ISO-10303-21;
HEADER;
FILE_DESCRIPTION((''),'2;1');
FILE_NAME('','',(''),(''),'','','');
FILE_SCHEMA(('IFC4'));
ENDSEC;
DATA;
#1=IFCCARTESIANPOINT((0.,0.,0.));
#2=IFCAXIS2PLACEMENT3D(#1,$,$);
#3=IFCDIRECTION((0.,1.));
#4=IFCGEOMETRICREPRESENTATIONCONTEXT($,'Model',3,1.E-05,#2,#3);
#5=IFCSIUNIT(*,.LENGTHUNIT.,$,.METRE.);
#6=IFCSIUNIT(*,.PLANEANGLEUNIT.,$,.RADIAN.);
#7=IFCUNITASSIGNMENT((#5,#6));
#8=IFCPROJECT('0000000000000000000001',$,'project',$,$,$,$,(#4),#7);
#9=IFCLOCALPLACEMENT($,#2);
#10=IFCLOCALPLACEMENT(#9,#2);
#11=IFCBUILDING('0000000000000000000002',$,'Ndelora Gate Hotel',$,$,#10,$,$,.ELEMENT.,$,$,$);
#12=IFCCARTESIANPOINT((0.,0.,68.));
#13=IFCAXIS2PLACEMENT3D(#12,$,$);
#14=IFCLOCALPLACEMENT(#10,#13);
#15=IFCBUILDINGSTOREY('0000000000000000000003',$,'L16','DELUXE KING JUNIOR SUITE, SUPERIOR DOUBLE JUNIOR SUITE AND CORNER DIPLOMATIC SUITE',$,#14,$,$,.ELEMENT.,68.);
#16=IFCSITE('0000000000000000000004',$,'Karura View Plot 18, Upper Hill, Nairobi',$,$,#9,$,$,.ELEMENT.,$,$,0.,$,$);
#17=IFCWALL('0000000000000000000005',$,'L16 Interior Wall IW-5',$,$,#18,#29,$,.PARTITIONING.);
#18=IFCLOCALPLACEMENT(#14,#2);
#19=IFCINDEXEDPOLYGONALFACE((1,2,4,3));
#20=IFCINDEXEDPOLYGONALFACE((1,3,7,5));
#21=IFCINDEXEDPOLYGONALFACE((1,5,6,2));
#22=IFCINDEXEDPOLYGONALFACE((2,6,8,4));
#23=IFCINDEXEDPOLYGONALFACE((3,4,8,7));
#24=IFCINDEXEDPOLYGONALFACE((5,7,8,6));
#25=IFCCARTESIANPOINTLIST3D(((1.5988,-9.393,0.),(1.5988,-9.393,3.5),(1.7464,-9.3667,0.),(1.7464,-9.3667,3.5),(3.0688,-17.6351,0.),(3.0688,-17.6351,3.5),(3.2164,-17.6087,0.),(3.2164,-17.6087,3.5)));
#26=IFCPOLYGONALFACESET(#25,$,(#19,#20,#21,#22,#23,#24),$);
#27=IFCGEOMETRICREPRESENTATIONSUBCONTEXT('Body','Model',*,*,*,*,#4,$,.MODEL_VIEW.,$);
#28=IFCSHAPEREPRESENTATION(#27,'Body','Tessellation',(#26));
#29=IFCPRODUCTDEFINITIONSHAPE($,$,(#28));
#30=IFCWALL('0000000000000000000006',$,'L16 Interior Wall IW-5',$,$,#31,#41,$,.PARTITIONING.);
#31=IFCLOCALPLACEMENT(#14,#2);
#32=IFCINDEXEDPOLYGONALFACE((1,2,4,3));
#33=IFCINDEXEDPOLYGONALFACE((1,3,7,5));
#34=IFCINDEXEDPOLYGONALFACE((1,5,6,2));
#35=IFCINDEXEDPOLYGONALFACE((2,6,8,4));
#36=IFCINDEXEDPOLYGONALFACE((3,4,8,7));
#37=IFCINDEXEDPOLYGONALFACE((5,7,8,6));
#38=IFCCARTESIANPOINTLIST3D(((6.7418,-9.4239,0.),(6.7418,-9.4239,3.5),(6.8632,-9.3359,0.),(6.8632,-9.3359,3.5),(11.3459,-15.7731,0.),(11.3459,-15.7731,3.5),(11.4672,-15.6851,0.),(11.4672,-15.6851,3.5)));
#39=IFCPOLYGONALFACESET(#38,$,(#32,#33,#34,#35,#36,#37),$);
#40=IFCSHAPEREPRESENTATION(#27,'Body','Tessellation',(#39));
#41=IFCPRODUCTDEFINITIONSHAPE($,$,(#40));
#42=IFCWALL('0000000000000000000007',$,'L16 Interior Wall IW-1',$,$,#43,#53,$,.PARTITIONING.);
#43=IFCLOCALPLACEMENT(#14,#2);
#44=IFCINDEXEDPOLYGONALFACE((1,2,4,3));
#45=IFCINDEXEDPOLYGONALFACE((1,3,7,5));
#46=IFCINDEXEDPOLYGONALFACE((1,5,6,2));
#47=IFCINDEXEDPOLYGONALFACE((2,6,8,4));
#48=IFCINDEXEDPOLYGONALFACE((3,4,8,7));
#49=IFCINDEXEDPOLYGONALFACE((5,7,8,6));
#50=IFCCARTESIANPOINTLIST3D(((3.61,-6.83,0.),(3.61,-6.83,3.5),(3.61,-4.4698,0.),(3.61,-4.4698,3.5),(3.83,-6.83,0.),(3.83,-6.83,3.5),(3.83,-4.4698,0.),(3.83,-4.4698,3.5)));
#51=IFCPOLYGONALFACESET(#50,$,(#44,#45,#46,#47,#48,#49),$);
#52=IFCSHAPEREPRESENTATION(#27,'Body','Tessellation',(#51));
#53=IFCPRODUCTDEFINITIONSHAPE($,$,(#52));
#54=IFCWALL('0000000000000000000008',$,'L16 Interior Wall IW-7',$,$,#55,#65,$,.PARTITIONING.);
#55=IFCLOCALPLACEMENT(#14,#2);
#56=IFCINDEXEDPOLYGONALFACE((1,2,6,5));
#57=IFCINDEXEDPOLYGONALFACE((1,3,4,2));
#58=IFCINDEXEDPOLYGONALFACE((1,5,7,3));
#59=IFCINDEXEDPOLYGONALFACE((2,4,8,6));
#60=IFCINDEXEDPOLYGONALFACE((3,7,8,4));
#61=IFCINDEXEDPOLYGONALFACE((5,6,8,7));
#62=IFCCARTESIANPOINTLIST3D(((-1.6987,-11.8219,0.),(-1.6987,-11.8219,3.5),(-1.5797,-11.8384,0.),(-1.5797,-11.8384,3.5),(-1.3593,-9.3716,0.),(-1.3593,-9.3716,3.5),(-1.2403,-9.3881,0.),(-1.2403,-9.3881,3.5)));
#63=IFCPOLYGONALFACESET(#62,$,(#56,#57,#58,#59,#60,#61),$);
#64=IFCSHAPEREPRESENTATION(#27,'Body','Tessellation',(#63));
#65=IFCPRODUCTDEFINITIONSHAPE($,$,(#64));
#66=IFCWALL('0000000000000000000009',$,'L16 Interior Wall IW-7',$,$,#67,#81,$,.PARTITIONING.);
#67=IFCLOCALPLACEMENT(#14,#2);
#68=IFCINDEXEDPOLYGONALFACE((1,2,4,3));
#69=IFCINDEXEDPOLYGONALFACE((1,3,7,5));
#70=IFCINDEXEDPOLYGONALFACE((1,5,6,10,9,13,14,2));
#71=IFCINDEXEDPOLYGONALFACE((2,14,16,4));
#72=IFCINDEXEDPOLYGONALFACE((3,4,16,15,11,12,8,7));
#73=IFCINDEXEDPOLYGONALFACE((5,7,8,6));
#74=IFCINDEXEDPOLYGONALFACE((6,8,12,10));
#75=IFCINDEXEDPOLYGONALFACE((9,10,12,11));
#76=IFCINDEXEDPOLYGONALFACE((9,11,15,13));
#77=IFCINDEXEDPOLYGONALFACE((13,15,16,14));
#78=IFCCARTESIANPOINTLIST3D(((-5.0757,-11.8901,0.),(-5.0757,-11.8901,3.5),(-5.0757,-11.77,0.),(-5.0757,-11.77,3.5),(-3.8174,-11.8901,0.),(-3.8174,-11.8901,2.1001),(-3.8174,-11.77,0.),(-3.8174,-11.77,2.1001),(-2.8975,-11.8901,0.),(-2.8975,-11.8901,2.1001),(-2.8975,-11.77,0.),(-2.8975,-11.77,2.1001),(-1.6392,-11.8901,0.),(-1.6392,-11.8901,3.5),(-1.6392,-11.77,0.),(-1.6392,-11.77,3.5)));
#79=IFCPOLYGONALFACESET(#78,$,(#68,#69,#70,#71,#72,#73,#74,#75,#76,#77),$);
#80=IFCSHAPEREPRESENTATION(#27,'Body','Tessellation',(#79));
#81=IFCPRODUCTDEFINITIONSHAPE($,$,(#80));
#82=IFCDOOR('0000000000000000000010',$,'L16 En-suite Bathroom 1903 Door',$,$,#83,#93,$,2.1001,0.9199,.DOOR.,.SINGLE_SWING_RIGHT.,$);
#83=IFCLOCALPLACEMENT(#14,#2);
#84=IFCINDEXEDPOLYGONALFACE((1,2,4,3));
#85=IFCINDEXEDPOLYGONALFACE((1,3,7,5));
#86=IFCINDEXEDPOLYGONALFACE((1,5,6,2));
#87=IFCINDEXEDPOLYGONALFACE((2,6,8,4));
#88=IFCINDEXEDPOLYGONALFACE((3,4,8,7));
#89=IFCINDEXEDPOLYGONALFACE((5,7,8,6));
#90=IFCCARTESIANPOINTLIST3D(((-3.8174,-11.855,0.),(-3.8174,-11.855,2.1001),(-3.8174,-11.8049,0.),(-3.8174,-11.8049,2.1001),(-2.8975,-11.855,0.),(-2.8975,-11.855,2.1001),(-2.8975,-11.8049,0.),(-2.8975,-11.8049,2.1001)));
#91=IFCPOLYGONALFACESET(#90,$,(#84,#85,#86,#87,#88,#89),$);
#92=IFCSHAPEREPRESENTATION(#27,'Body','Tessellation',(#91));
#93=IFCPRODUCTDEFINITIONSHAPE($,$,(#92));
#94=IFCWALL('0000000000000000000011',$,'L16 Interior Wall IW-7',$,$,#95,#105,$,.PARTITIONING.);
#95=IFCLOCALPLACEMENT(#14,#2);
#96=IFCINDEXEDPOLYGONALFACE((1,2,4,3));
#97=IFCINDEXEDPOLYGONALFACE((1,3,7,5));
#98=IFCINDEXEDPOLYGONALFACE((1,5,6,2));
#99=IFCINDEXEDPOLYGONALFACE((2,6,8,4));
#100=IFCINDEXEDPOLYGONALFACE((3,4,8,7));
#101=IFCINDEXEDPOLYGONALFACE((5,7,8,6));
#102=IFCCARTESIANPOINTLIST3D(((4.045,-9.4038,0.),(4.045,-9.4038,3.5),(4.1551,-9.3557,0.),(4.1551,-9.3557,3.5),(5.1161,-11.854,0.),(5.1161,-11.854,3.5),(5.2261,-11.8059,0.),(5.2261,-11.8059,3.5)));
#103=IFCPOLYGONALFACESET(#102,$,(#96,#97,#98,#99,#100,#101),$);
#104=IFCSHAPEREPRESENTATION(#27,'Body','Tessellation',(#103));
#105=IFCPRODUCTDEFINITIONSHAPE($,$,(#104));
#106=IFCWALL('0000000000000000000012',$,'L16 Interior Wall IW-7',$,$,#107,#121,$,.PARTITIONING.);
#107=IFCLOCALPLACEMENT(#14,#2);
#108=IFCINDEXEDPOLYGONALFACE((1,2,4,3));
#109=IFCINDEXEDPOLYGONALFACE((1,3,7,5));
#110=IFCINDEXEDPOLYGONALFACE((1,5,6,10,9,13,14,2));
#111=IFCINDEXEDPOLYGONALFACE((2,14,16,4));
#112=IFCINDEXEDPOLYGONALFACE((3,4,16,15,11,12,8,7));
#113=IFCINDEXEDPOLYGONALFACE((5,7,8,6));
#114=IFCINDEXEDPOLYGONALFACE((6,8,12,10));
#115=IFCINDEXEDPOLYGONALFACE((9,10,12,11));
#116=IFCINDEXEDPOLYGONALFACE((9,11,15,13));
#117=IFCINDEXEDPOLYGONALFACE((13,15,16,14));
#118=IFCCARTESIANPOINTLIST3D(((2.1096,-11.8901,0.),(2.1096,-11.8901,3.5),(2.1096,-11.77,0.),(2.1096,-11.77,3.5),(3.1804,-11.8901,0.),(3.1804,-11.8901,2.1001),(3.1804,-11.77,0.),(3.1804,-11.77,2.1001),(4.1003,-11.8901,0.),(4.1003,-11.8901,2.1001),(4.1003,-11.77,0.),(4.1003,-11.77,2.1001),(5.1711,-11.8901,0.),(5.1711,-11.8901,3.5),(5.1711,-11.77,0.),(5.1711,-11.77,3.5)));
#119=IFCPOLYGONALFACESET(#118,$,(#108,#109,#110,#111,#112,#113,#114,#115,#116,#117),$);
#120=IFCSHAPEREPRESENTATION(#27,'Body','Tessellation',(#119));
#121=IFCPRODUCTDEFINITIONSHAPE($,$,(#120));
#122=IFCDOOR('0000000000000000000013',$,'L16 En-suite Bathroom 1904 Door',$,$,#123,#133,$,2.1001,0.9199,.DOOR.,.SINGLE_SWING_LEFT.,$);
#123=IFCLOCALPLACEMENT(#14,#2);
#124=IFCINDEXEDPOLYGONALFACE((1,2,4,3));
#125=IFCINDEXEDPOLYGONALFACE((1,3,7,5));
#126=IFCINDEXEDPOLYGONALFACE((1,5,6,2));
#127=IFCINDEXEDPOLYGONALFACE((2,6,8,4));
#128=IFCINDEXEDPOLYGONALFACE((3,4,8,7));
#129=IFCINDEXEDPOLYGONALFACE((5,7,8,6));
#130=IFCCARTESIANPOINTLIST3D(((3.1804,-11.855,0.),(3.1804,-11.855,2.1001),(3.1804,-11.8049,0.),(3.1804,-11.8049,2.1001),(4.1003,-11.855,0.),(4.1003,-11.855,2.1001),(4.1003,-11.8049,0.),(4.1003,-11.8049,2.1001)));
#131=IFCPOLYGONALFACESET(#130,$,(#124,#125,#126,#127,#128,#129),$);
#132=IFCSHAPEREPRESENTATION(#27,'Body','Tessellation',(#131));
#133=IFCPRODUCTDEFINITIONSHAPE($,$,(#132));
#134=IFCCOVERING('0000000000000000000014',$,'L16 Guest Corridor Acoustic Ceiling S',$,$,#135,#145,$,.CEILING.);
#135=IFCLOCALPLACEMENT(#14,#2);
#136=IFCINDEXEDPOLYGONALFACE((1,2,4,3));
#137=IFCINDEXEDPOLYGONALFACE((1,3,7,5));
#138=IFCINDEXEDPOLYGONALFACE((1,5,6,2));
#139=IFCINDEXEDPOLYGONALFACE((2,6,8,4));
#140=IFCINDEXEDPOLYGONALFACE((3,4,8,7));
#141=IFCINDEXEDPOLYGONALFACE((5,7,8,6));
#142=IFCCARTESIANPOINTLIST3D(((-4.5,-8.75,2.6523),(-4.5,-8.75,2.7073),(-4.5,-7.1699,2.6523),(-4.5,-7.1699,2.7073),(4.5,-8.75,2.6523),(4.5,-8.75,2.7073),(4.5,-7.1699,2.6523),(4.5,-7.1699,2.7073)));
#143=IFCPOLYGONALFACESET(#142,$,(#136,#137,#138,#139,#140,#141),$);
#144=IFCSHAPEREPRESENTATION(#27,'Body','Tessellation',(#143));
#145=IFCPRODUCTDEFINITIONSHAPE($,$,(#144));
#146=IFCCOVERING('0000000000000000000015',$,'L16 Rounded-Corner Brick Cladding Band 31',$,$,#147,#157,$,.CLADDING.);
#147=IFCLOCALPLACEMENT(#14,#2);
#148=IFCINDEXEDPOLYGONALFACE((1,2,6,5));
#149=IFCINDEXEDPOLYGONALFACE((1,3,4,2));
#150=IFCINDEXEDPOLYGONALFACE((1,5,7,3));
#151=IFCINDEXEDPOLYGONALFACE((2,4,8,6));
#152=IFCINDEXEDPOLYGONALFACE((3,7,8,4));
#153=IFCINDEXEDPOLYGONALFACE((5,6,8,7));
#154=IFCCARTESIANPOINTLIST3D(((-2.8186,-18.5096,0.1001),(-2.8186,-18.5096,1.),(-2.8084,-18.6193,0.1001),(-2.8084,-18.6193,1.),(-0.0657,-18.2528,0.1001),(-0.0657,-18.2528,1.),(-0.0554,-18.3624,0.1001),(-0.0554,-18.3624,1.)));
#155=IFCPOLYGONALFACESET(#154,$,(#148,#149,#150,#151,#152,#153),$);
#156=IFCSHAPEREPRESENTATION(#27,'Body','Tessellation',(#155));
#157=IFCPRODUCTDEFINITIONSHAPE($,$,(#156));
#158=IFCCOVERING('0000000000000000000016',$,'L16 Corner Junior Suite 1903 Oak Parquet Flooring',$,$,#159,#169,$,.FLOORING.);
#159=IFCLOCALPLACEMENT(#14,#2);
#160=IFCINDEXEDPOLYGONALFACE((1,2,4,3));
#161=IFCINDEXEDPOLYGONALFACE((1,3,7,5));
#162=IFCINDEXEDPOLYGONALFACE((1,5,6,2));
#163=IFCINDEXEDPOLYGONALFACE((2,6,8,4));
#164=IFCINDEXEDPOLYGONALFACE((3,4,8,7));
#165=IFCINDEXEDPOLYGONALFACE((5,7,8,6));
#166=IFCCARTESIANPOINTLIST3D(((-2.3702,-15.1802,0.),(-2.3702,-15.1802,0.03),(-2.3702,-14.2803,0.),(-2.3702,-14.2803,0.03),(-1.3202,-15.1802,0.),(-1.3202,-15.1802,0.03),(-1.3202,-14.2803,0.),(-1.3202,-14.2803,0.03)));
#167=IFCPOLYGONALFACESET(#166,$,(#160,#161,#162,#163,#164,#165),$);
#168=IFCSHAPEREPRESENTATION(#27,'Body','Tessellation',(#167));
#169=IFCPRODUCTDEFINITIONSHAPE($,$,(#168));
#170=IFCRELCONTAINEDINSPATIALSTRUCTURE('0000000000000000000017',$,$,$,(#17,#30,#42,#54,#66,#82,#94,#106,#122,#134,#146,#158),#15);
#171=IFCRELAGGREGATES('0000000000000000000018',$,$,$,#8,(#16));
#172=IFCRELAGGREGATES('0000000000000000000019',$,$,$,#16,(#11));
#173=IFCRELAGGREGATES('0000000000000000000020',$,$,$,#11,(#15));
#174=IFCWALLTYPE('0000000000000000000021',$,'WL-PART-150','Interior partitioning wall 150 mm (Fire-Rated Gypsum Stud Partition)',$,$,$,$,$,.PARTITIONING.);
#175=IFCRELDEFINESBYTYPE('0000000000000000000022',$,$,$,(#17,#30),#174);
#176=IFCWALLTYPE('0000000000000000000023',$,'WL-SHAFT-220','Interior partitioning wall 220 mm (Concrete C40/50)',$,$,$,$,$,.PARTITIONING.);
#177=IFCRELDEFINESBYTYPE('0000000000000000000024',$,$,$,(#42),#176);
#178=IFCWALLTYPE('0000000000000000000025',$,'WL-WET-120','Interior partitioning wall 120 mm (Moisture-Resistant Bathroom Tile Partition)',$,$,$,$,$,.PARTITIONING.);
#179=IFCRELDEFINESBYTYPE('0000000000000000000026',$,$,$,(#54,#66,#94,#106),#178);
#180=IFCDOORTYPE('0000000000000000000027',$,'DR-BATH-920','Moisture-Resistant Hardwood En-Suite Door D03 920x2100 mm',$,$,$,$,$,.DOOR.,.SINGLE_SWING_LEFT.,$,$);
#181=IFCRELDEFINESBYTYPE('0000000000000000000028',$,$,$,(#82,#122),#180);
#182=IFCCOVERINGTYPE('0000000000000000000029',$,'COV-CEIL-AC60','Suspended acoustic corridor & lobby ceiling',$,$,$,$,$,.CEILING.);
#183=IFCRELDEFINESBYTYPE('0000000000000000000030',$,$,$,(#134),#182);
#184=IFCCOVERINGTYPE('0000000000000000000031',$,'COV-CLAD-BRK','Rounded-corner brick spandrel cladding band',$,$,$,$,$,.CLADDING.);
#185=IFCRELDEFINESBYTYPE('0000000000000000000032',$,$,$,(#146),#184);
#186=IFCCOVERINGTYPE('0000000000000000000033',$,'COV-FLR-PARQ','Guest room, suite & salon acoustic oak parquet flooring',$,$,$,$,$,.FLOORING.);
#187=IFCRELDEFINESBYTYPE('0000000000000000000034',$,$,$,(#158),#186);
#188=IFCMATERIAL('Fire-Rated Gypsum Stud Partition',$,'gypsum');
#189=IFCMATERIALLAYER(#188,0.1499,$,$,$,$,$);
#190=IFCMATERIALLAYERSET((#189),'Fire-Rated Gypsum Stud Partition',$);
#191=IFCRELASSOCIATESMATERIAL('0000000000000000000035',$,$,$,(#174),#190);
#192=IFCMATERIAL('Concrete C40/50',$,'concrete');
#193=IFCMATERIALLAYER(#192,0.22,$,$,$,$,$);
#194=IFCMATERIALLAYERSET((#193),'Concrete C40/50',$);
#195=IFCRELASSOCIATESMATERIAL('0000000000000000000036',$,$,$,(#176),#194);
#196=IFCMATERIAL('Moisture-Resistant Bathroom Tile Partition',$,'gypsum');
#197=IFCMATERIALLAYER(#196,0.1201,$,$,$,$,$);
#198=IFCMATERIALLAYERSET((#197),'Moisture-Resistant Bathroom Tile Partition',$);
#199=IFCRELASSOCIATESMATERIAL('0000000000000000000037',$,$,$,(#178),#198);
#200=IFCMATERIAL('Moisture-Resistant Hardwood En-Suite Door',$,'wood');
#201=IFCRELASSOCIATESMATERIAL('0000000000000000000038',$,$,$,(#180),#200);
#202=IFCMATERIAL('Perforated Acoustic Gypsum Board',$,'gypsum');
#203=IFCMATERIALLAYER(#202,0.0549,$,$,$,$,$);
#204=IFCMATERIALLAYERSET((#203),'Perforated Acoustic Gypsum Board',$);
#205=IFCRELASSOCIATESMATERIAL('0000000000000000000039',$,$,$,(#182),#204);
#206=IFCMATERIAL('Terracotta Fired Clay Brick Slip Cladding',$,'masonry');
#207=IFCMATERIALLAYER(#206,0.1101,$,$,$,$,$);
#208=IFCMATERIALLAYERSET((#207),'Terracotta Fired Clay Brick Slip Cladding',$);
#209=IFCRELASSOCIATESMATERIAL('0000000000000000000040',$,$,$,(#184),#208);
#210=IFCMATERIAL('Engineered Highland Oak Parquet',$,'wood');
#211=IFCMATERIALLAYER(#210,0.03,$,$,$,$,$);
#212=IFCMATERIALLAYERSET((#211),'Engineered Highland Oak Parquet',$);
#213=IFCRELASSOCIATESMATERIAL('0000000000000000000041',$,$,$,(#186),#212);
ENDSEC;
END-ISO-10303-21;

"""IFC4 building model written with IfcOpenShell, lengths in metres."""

from ifc_helpers import new_model, si_unit, direction, frame, frame_2d, origin, origin_2d, place, context, subcontext, project, spatial, rectangle, extrude, material, layer, layer_set, type_object, element, fill, save


model = new_model("IFC4")

# Units and contexts
model_context = context("Model", 3, precision=1e-05, world=origin(), true_north=direction((0.0, 1.0)))
body_context = subcontext(model_context, "Body", "Model", "MODEL_VIEW")
ifc_project = project(units=[si_unit("LENGTHUNIT", "METRE"), si_unit("PLANEANGLEUNIT", "RADIAN")], contexts=[model_context])

# Site, building, storey
site_placement = place(None, origin())
site = spatial("IfcSite", under=ifc_project, at=site_placement, Name="Karura View Plot 18, Upper Hill, Nairobi", CompositionType="ELEMENT", RefElevation=0.0)
building_placement = place(site_placement, origin())
building = spatial("IfcBuilding", under=site, at=building_placement, Name="Ndelora Gate Hotel", CompositionType="ELEMENT")
storey_placement = place(building_placement, frame((0.0, 0.0, 68.0)))
storey = spatial("IfcBuildingStorey", under=building, at=storey_placement, Name="L16", Description="DELUXE KING JUNIOR SUITE, SUPERIOR DOUBLE JUNIOR SUITE AND CORNER DIPLOMATIC SUITE", CompositionType="ELEMENT", Elevation=68.0)

# Walls
ifc_material_1 = material(Name="Concrete C40/50", Category="concrete")
ifc_material_2 = material(Name="Fire-Rated Gypsum Stud Partition", Category="gypsum")
ifc_layer_1 = layer(ifc_material_2, 0.1499)
ifc_layer_set_1 = layer_set([ifc_layer_1], Name="Fire-Rated Gypsum Stud Partition")
wall_type_1 = type_object("IfcWallType", Name="WL-PART-150", Description="Interior partitioning wall 150 mm (Fire-Rated Gypsum Stud Partition)", PredefinedType="PARTITIONING", material=ifc_layer_set_1)
wall_1_placement = place(storey_placement, frame((1.6726, -9.3799, 0.0), z_axis=(0.0, 0.0, 1.0), x_axis=(0.175582, -0.984465, 0.0)))
element("IfcWall", 1, at=wall_1_placement, inside=storey, type_object=wall_type_1, Name="L16 Interior Wall IW-5", PredefinedType="PARTITIONING", context=body_context, shape_type="SweptSolid", body=[
    extrude(rectangle(XDim=8.3721, YDim=0.1499, at=frame_2d((4.186, 0.0))), origin(), (0.0, 0.0, 1.0), 3.5),
])
wall_2_placement = place(storey_placement, frame((6.8025, -9.3799, 0.0), z_axis=(0.0, 0.0, 1.0), x_axis=(0.587042, -0.809556, 0.0)))
element("IfcWall", 2, at=wall_2_placement, inside=storey, type_object=wall_type_1, Name="L16 Interior Wall IW-5", PredefinedType="PARTITIONING", context=body_context, shape_type="SweptSolid", body=[
    extrude(rectangle(XDim=7.8428, YDim=0.1499, at=frame_2d((3.9214, 0.0))), origin(), (0.0, 0.0, 1.0), 3.5),
])
ifc_layer_2 = layer(ifc_material_1, 0.22)
ifc_layer_set_2 = layer_set([ifc_layer_2], Name="Concrete C40/50")
wall_type_2 = type_object("IfcWallType", Name="WL-SHAFT-220", Description="Interior partitioning wall 220 mm (Concrete C40/50)", PredefinedType="PARTITIONING", material=ifc_layer_set_2)
wall_3_placement = place(storey_placement, frame((3.72, -6.8301, 0.0), z_axis=(0.0, 0.0, 1.0), x_axis=(0.0, 1.0, 0.0)))
element("IfcWall", 3, at=wall_3_placement, inside=storey, type_object=wall_type_2, Name="L16 Interior Wall IW-1", PredefinedType="PARTITIONING", context=body_context, shape_type="SweptSolid", body=[
    extrude(rectangle(XDim=2.3601, YDim=0.22, at=frame_2d((1.1802, 0.0))), origin(), (0.0, 0.0, 1.0), 3.5),
])
ifc_material_3 = material(Name="Moisture-Resistant Bathroom Tile Partition", Category="gypsum")
ifc_layer_3 = layer(ifc_material_3, 0.1201)
ifc_layer_set_3 = layer_set([ifc_layer_3], Name="Moisture-Resistant Bathroom Tile Partition")
wall_type_3 = type_object("IfcWallType", Name="WL-WET-120", Description="Interior partitioning wall 120 mm (Moisture-Resistant Bathroom Tile Partition)", PredefinedType="PARTITIONING", material=ifc_layer_set_3)
wall_4_placement = place(storey_placement, frame((-1.2998, -9.3799, 0.0), z_axis=(0.0, 0.0, 1.0), x_axis=(-0.137192, -0.990545, 0.0)))
element("IfcWall", 4, at=wall_4_placement, inside=storey, type_object=wall_type_3, Name="L16 Interior Wall IW-7", PredefinedType="PARTITIONING", context=body_context, shape_type="SweptSolid", body=[
    extrude(rectangle(XDim=2.4736, YDim=0.1201, at=frame_2d((1.2368, 0.0))), origin(), (0.0, 0.0, 1.0), 3.5),
])

# Wall, opening, door
wall_5_placement = place(storey_placement, frame((-1.6392, -11.8301, 0.0), z_axis=(0.0, 0.0, 1.0), x_axis=(-1.0, 0.0, 0.0)))
wall_5 = element("IfcWall", 5, at=wall_5_placement, inside=storey, type_object=wall_type_3, Name="L16 Interior Wall IW-7", PredefinedType="PARTITIONING", context=body_context, shape_type="SweptSolid", body=[
    extrude(rectangle(XDim=3.4365, YDim=0.1201, at=frame_2d((1.7183, 0.0))), origin(), (0.0, 0.0, 1.0), 3.5),
])
opening_1_placement = place(wall_5_placement, frame((1.2583, 0.0, 0.0)))
opening_1 = element("IfcOpeningElement", 6, at=opening_1_placement, cuts=wall_5, PredefinedType="OPENING", context=body_context, shape_type="SweptSolid", body=[
    extrude(rectangle(XDim=0.9199, YDim=2.1001, at=frame_2d((0.46, 1.05))), frame((0.0, 0.0701, 0.0), z_axis=(0.0, -1.0, 0.0), x_axis=(1.0, 0.0, 0.0)), (0.0, 0.0, 1.0), 0.1401),
])
ifc_material_4 = material(Name="Moisture-Resistant Hardwood En-Suite Door", Category="wood")
door_type = type_object("IfcDoorType", Name="DR-BATH-920", Description="Moisture-Resistant Hardwood En-Suite Door D03 920x2100 mm", OperationType="SINGLE_SWING_LEFT", PredefinedType="DOOR", material=ifc_material_4)
door_1_placement = place(opening_1_placement, origin())
door_1 = element("IfcDoor", 7, at=door_1_placement, inside=storey, type_object=door_type, Name="L16 En-suite Bathroom 1903 Door", OperationType="SINGLE_SWING_RIGHT", OverallHeight=2.1001, OverallWidth=0.9199, PredefinedType="DOOR", context=body_context, shape_type="SweptSolid", body=[
    extrude(rectangle(XDim=0.9199, YDim=2.1001, at=frame_2d((0.46, 1.05))), frame((0.0, 0.0249, 0.0), z_axis=(0.0, -1.0, 0.0), x_axis=(1.0, 0.0, 0.0)), (0.0, 0.0, 1.0), 0.05),
])
fill(opening_1, door_1)

# Wall
wall_6_placement = place(storey_placement, frame((4.1001, -9.3799, 0.0), z_axis=(0.0, 0.0, 1.0), x_axis=(0.400531, -0.916283, 0.0)))
element("IfcWall", 8, at=wall_6_placement, inside=storey, type_object=wall_type_3, Name="L16 Interior Wall IW-7", PredefinedType="PARTITIONING", context=body_context, shape_type="SweptSolid", body=[
    extrude(rectangle(XDim=2.6741, YDim=0.1201, at=frame_2d((1.3369, 0.0))), origin(), (0.0, 0.0, 1.0), 3.5),
])

# Wall, opening, door
wall_7_placement = place(storey_placement, frame((5.1711, -11.8301, 0.0), z_axis=(0.0, 0.0, 1.0), x_axis=(-1.0, 0.0, 0.0)))
wall_7 = element("IfcWall", 9, at=wall_7_placement, inside=storey, type_object=wall_type_3, Name="L16 Interior Wall IW-7", PredefinedType="PARTITIONING", context=body_context, shape_type="SweptSolid", body=[
    extrude(rectangle(XDim=3.0615, YDim=0.1201, at=frame_2d((1.5308, 0.0))), origin(), (0.0, 0.0, 1.0), 3.5),
])
opening_2_placement = place(wall_7_placement, frame((1.0708, 0.0, 0.0)))
opening_2 = element("IfcOpeningElement", 10, at=opening_2_placement, cuts=wall_7, PredefinedType="OPENING", context=body_context, shape_type="SweptSolid", body=[
    extrude(rectangle(XDim=0.9199, YDim=2.1001, at=frame_2d((0.46, 1.05))), frame((0.0, 0.0701, 0.0), z_axis=(0.0, -1.0, 0.0), x_axis=(1.0, 0.0, 0.0)), (0.0, 0.0, 1.0), 0.1401),
])
door_2_placement = place(opening_2_placement, origin())
door_2 = element("IfcDoor", 11, at=door_2_placement, inside=storey, type_object=door_type, Name="L16 En-suite Bathroom 1904 Door", OperationType="SINGLE_SWING_LEFT", OverallHeight=2.1001, OverallWidth=0.9199, PredefinedType="DOOR", context=body_context, shape_type="SweptSolid", body=[
    extrude(rectangle(XDim=0.9199, YDim=2.1001, at=frame_2d((0.46, 1.05))), frame((0.0, 0.0249, 0.0), z_axis=(0.0, -1.0, 0.0), x_axis=(1.0, 0.0, 0.0)), (0.0, 0.0, 1.0), 0.05),
])
fill(opening_2, door_2)

# Coverings
ifc_material_5 = material(Name="Perforated Acoustic Gypsum Board", Category="gypsum")
ifc_layer_4 = layer(ifc_material_5, 0.0549)
ifc_layer_set_4 = layer_set([ifc_layer_4], Name="Perforated Acoustic Gypsum Board")
covering_type_1 = type_object("IfcCoveringType", Name="COV-CEIL-AC60", Description="Suspended acoustic corridor & lobby ceiling", PredefinedType="CEILING", material=ifc_layer_set_4)
covering_1_placement = place(storey_placement, frame((0.0, -7.96, 2.6523), z_axis=(0.0, 0.0, 1.0), x_axis=(1.0, 0.0, 0.0)))
element("IfcCovering", 12, at=covering_1_placement, inside=storey, type_object=covering_type_1, Name="L16 Guest Corridor Acoustic Ceiling S", PredefinedType="CEILING", context=body_context, shape_type="SweptSolid", body=[
    extrude(rectangle(XDim=9.0, YDim=1.5801, at=origin_2d()), origin(), (0.0, 0.0, 1.0), 0.0549),
])
ifc_material_6 = material(Name="Terracotta Fired Clay Brick Slip Cladding", Category="masonry")
ifc_layer_5 = layer(ifc_material_6, 0.1101)
ifc_layer_set_5 = layer_set([ifc_layer_5], Name="Terracotta Fired Clay Brick Slip Cladding")
covering_type_2 = type_object("IfcCoveringType", Name="COV-CLAD-BRK", Description="Rounded-corner brick spandrel cladding band", PredefinedType="CLADDING", material=ifc_layer_set_5)
covering_2_placement = place(storey_placement, frame((-1.437, -18.436, 0.1001), z_axis=(0.0, 0.0, 1.0), x_axis=(0.995676, 0.092892, 0.0)))
element("IfcCovering", 13, at=covering_2_placement, inside=storey, type_object=covering_type_2, Name="L16 Rounded-Corner Brick Cladding Band 31", PredefinedType="CLADDING", context=body_context, shape_type="SweptSolid", body=[
    extrude(rectangle(XDim=2.7649, YDim=0.1101, at=origin_2d()), origin(), (0.0, 0.0, 1.0), 0.8999),
])
ifc_material_7 = material(Name="Engineered Highland Oak Parquet", Category="wood")
ifc_layer_6 = layer(ifc_material_7, 0.03)
ifc_layer_set_6 = layer_set([ifc_layer_6], Name="Engineered Highland Oak Parquet")
covering_type_3 = type_object("IfcCoveringType", Name="COV-FLR-PARQ", Description="Guest room, suite & salon acoustic oak parquet flooring", PredefinedType="FLOORING", material=ifc_layer_set_6)
for number, where, z_axis, x_axis, name in (
    (14, (-1.8452, -14.7302, 0.0), (0.0, 0.0, 1.0), (1.0, 0.0, 0.0), "L16 Corner Junior Suite 1903 Oak Parquet Flooring"),
):
    element("IfcCovering", number, at=place(storey_placement, frame(where, z_axis=z_axis, x_axis=x_axis)), inside=storey, type_object=covering_type_3, Name=name, PredefinedType="FLOORING", context=body_context, shape_type="SweptSolid", body=[
        extrude(rectangle(XDim=1.05, YDim=0.8999, at=origin_2d()), origin(), (0.0, 0.0, 1.0), 0.03),
    ])

save(model, "model.ifc")
